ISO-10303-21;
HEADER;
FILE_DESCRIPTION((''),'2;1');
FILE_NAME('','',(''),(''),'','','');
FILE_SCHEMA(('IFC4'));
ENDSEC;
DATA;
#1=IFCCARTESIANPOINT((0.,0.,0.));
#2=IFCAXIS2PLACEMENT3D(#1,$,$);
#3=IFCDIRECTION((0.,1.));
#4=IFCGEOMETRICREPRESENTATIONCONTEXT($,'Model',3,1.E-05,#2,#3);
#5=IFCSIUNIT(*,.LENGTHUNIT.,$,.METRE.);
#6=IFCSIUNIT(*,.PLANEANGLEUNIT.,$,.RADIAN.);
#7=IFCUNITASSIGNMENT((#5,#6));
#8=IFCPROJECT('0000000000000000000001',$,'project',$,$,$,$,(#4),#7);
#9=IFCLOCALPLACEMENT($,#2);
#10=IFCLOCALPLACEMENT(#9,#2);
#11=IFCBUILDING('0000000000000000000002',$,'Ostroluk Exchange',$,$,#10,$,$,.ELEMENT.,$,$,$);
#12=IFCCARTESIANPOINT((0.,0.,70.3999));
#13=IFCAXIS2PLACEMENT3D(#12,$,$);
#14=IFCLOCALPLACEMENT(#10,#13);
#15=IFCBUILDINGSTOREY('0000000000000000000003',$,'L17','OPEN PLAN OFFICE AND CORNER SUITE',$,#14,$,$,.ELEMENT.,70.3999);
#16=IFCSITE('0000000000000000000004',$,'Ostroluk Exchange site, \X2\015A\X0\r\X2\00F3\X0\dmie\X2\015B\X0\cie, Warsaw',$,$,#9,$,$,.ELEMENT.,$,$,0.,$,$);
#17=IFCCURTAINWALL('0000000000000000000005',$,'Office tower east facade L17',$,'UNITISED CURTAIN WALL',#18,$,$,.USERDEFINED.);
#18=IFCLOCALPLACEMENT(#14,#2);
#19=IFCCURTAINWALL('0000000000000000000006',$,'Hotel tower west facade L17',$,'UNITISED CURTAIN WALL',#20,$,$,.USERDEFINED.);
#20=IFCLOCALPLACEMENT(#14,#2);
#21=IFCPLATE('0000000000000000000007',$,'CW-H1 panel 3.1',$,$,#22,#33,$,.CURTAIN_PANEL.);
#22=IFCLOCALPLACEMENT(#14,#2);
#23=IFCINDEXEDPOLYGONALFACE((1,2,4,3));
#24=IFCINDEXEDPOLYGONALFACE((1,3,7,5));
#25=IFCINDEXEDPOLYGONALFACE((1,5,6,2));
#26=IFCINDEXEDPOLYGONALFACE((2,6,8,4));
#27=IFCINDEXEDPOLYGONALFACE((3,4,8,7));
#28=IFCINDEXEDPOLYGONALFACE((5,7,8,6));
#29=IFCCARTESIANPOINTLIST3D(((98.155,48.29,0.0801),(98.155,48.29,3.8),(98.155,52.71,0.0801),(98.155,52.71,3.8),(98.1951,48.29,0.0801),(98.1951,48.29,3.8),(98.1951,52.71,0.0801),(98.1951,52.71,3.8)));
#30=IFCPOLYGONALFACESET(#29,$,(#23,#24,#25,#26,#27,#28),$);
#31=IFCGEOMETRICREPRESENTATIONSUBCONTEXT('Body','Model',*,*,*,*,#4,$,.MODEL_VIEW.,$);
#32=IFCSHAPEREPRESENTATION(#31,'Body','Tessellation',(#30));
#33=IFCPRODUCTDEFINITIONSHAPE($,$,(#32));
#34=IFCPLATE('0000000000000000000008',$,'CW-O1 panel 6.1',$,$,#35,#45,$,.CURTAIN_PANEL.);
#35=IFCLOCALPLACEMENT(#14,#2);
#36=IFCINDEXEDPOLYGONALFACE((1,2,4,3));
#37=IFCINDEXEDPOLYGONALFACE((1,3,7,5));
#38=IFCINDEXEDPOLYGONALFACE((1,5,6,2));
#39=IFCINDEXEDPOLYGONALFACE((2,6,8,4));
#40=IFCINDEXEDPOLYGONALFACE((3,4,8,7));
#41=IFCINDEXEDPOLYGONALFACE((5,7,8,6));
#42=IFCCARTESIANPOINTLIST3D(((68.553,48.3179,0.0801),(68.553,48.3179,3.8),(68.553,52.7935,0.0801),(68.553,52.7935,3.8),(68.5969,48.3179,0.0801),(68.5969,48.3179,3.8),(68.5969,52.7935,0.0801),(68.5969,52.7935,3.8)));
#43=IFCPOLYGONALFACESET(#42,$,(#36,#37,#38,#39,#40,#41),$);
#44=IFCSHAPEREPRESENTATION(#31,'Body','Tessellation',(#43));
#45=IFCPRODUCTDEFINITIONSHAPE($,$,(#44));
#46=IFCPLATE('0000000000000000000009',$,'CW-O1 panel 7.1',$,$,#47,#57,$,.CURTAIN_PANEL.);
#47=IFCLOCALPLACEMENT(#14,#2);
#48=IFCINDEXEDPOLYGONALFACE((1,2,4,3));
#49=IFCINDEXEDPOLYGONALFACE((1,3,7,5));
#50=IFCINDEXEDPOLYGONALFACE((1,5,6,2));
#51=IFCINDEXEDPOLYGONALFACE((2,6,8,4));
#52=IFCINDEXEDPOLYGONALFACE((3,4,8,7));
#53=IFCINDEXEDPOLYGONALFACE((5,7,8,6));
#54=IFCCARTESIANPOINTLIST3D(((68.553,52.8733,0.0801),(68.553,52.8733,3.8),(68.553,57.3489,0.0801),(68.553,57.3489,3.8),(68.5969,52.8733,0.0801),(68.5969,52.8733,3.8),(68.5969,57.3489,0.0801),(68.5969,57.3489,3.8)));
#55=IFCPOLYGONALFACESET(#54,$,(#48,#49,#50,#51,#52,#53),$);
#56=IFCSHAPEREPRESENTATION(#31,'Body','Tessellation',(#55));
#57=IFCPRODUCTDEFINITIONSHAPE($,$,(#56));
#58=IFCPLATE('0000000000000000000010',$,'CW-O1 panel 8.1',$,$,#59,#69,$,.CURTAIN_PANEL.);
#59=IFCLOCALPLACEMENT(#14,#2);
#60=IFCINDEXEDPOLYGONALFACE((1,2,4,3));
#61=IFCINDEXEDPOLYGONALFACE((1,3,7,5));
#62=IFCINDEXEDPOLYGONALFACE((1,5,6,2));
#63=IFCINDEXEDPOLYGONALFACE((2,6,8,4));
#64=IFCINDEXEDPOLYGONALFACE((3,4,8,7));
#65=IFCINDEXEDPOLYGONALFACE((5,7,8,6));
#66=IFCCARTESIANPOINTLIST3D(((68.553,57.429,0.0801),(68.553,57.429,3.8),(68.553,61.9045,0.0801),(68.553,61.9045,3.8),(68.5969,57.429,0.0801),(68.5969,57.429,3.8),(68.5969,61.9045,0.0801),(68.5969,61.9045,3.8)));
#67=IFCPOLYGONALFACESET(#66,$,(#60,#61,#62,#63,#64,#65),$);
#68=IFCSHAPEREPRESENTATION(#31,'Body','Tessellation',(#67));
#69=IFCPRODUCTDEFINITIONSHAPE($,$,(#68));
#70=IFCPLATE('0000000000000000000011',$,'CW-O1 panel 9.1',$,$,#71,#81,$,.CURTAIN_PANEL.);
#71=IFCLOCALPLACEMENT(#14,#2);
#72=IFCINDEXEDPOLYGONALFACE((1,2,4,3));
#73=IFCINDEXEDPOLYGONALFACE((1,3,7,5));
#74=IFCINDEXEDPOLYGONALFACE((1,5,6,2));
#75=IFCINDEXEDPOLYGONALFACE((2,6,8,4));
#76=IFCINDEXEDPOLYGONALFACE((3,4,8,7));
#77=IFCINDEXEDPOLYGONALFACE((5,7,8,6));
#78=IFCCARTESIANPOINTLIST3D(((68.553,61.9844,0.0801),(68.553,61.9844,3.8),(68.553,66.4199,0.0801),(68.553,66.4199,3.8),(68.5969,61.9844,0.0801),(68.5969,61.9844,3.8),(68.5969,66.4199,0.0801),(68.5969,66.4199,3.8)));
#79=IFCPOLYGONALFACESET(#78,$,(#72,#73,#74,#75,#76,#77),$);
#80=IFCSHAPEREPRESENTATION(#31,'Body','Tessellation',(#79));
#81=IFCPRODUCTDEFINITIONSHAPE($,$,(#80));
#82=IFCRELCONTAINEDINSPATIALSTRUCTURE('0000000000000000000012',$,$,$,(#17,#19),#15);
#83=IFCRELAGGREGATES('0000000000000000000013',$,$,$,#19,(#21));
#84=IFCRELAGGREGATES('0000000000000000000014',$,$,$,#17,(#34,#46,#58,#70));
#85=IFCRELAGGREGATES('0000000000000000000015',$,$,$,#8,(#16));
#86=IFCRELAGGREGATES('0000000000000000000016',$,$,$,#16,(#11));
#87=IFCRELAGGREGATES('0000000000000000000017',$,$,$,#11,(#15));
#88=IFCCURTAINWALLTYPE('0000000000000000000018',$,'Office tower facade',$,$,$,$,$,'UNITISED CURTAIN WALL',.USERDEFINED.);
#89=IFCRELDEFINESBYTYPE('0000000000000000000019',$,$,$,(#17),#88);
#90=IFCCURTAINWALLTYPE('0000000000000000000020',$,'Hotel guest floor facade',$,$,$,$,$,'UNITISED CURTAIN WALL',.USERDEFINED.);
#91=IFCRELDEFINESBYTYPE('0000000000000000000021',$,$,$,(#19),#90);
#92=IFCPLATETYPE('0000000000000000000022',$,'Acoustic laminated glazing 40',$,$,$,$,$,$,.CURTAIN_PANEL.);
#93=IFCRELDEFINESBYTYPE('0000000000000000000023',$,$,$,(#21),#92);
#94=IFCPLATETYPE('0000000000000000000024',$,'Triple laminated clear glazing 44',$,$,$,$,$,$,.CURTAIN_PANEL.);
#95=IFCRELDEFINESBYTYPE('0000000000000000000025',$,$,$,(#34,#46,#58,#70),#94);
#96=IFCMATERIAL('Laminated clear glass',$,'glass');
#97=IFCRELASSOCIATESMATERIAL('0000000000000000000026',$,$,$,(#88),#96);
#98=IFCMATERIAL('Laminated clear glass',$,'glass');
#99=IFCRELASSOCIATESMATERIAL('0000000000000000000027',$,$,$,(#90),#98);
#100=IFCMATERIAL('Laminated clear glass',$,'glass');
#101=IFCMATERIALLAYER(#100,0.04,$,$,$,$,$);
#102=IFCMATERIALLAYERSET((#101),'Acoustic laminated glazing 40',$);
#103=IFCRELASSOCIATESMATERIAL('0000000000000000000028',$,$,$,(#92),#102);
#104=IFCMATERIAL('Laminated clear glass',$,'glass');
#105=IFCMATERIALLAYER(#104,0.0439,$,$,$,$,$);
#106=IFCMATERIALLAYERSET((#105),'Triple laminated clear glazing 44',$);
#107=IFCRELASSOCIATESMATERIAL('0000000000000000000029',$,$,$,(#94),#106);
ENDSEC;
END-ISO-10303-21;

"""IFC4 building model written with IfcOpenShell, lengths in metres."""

from ifc_helpers import new_model, si_unit, direction, frame, origin, origin_2d, place, context, subcontext, project, spatial, rectangle, extrude, material, layer, layer_set, type_object, element, aggregate, save


model = new_model("IFC4")

# Units and contexts
model_context = context("Model", 3, precision=1e-05, world=origin(), true_north=direction((0.0, 1.0)))
body_context = subcontext(model_context, "Body", "Model", "MODEL_VIEW")
ifc_project = project(units=[si_unit("LENGTHUNIT", "METRE"), si_unit("PLANEANGLEUNIT", "RADIAN")], contexts=[model_context])

# Site, building, storey
site_placement = place(None, origin())
site = spatial("IfcSite", under=ifc_project, at=site_placement, Name="Ostroluk Exchange site, Śródmieście, Warsaw", CompositionType="ELEMENT", RefElevation=0.0)
building_placement = place(site_placement, origin())
building = spatial("IfcBuilding", under=site, at=building_placement, Name="Ostroluk Exchange", CompositionType="ELEMENT")
storey_placement = place(building_placement, frame((0.0, 0.0, 70.3999)))
storey = spatial("IfcBuildingStorey", under=building, at=storey_placement, Name="L17", Description="OPEN PLAN OFFICE AND CORNER SUITE", CompositionType="ELEMENT", Elevation=70.3999)

# Curtain walls
ifc_material_1 = material(Name="Laminated clear glass", Category="glass")
curtain_wall_type_1 = type_object("IfcCurtainWallType", Name="Office tower facade", ElementType="UNITISED CURTAIN WALL", PredefinedType="USERDEFINED", material=ifc_material_1)
curtain_wall_1_placement = place(storey_placement, origin())
curtain_wall_1 = element("IfcCurtainWall", 1, at=curtain_wall_1_placement, inside=storey, type_object=curtain_wall_type_1, Name="Office tower east facade L17", ObjectType="UNITISED CURTAIN WALL", PredefinedType="USERDEFINED")
ifc_material_2 = material(Name="Laminated clear glass", Category="glass")
curtain_wall_type_2 = type_object("IfcCurtainWallType", Name="Hotel guest floor facade", ElementType="UNITISED CURTAIN WALL", PredefinedType="USERDEFINED", material=ifc_material_2)
curtain_wall_2_placement = place(storey_placement, origin())
curtain_wall_2 = element("IfcCurtainWall", 2, at=curtain_wall_2_placement, inside=storey, type_object=curtain_wall_type_2, Name="Hotel tower west facade L17", ObjectType="UNITISED CURTAIN WALL", PredefinedType="USERDEFINED")

# Plates
ifc_material_3 = material(Name="Laminated clear glass", Category="glass")
ifc_layer_1 = layer(ifc_material_3, 0.04)
ifc_layer_set_1 = layer_set([ifc_layer_1], Name="Acoustic laminated glazing 40")
plate_type_1 = type_object("IfcPlateType", Name="Acoustic laminated glazing 40", PredefinedType="CURTAIN_PANEL", material=ifc_layer_set_1)
plate_1_placement = place(storey_placement, frame((98.175, 50.5, 0.0801), z_axis=(0.0, 0.0, 1.0), x_axis=(0.0, -1.0, 0.0)))
plate_1 = element("IfcPlate", 3, at=plate_1_placement, type_object=plate_type_1, Name="CW-H1 panel 3.1", PredefinedType="CURTAIN_PANEL", context=body_context, shape_type="SweptSolid", body=[
    extrude(rectangle(XDim=4.4199, YDim=0.04, at=origin_2d()), origin(), (0.0, 0.0, 1.0), 3.72),
])
aggregate(curtain_wall_2, [plate_1])
ifc_material_4 = material(Name="Laminated clear glass", Category="glass")
ifc_layer_2 = layer(ifc_material_4, 0.0439)
ifc_layer_set_2 = layer_set([ifc_layer_2], Name="Triple laminated clear glazing 44")
plate_type_2 = type_object("IfcPlateType", Name="Triple laminated clear glazing 44", PredefinedType="CURTAIN_PANEL", material=ifc_layer_set_2)
plate_2_placement = place(storey_placement, frame((68.575, 50.5557, 0.0801), z_axis=(0.0, 0.0, 1.0), x_axis=(0.0, 1.0, 0.0)))
plate_2 = element("IfcPlate", 4, at=plate_2_placement, type_object=plate_type_2, Name="CW-O1 panel 6.1", PredefinedType="CURTAIN_PANEL", context=body_context, shape_type="SweptSolid", body=[
    extrude(rectangle(XDim=4.4756, YDim=0.0439, at=origin_2d()), origin(), (0.0, 0.0, 1.0), 3.72),
])
plate_3_placement = place(storey_placement, frame((68.575, 55.1111, 0.0801), z_axis=(0.0, 0.0, 1.0), x_axis=(0.0, 1.0, 0.0)))
plate_3 = element("IfcPlate", 5, at=plate_3_placement, type_object=plate_type_2, Name="CW-O1 panel 7.1", PredefinedType="CURTAIN_PANEL", context=body_context, shape_type="SweptSolid", body=[
    extrude(rectangle(XDim=4.4756, YDim=0.0439, at=origin_2d()), origin(), (0.0, 0.0, 1.0), 3.72),
])
plate_4_placement = place(storey_placement, frame((68.575, 59.6667, 0.0801), z_axis=(0.0, 0.0, 1.0), x_axis=(0.0, 1.0, 0.0)))
plate_4 = element("IfcPlate", 6, at=plate_4_placement, type_object=plate_type_2, Name="CW-O1 panel 8.1", PredefinedType="CURTAIN_PANEL", context=body_context, shape_type="SweptSolid", body=[
    extrude(rectangle(XDim=4.4756, YDim=0.0439, at=origin_2d()), origin(), (0.0, 0.0, 1.0), 3.72),
])
plate_5_placement = place(storey_placement, frame((68.575, 64.2021, 0.0801), z_axis=(0.0, 0.0, 1.0), x_axis=(0.0, 1.0, 0.0)))
plate_5 = element("IfcPlate", 7, at=plate_5_placement, type_object=plate_type_2, Name="CW-O1 panel 9.1", PredefinedType="CURTAIN_PANEL", context=body_context, shape_type="SweptSolid", body=[
    extrude(rectangle(XDim=4.4355, YDim=0.0439, at=origin_2d()), origin(), (0.0, 0.0, 1.0), 3.72),
])
aggregate(curtain_wall_1, [plate_2, plate_3, plate_4, plate_5])

save(model, "model.ifc")
